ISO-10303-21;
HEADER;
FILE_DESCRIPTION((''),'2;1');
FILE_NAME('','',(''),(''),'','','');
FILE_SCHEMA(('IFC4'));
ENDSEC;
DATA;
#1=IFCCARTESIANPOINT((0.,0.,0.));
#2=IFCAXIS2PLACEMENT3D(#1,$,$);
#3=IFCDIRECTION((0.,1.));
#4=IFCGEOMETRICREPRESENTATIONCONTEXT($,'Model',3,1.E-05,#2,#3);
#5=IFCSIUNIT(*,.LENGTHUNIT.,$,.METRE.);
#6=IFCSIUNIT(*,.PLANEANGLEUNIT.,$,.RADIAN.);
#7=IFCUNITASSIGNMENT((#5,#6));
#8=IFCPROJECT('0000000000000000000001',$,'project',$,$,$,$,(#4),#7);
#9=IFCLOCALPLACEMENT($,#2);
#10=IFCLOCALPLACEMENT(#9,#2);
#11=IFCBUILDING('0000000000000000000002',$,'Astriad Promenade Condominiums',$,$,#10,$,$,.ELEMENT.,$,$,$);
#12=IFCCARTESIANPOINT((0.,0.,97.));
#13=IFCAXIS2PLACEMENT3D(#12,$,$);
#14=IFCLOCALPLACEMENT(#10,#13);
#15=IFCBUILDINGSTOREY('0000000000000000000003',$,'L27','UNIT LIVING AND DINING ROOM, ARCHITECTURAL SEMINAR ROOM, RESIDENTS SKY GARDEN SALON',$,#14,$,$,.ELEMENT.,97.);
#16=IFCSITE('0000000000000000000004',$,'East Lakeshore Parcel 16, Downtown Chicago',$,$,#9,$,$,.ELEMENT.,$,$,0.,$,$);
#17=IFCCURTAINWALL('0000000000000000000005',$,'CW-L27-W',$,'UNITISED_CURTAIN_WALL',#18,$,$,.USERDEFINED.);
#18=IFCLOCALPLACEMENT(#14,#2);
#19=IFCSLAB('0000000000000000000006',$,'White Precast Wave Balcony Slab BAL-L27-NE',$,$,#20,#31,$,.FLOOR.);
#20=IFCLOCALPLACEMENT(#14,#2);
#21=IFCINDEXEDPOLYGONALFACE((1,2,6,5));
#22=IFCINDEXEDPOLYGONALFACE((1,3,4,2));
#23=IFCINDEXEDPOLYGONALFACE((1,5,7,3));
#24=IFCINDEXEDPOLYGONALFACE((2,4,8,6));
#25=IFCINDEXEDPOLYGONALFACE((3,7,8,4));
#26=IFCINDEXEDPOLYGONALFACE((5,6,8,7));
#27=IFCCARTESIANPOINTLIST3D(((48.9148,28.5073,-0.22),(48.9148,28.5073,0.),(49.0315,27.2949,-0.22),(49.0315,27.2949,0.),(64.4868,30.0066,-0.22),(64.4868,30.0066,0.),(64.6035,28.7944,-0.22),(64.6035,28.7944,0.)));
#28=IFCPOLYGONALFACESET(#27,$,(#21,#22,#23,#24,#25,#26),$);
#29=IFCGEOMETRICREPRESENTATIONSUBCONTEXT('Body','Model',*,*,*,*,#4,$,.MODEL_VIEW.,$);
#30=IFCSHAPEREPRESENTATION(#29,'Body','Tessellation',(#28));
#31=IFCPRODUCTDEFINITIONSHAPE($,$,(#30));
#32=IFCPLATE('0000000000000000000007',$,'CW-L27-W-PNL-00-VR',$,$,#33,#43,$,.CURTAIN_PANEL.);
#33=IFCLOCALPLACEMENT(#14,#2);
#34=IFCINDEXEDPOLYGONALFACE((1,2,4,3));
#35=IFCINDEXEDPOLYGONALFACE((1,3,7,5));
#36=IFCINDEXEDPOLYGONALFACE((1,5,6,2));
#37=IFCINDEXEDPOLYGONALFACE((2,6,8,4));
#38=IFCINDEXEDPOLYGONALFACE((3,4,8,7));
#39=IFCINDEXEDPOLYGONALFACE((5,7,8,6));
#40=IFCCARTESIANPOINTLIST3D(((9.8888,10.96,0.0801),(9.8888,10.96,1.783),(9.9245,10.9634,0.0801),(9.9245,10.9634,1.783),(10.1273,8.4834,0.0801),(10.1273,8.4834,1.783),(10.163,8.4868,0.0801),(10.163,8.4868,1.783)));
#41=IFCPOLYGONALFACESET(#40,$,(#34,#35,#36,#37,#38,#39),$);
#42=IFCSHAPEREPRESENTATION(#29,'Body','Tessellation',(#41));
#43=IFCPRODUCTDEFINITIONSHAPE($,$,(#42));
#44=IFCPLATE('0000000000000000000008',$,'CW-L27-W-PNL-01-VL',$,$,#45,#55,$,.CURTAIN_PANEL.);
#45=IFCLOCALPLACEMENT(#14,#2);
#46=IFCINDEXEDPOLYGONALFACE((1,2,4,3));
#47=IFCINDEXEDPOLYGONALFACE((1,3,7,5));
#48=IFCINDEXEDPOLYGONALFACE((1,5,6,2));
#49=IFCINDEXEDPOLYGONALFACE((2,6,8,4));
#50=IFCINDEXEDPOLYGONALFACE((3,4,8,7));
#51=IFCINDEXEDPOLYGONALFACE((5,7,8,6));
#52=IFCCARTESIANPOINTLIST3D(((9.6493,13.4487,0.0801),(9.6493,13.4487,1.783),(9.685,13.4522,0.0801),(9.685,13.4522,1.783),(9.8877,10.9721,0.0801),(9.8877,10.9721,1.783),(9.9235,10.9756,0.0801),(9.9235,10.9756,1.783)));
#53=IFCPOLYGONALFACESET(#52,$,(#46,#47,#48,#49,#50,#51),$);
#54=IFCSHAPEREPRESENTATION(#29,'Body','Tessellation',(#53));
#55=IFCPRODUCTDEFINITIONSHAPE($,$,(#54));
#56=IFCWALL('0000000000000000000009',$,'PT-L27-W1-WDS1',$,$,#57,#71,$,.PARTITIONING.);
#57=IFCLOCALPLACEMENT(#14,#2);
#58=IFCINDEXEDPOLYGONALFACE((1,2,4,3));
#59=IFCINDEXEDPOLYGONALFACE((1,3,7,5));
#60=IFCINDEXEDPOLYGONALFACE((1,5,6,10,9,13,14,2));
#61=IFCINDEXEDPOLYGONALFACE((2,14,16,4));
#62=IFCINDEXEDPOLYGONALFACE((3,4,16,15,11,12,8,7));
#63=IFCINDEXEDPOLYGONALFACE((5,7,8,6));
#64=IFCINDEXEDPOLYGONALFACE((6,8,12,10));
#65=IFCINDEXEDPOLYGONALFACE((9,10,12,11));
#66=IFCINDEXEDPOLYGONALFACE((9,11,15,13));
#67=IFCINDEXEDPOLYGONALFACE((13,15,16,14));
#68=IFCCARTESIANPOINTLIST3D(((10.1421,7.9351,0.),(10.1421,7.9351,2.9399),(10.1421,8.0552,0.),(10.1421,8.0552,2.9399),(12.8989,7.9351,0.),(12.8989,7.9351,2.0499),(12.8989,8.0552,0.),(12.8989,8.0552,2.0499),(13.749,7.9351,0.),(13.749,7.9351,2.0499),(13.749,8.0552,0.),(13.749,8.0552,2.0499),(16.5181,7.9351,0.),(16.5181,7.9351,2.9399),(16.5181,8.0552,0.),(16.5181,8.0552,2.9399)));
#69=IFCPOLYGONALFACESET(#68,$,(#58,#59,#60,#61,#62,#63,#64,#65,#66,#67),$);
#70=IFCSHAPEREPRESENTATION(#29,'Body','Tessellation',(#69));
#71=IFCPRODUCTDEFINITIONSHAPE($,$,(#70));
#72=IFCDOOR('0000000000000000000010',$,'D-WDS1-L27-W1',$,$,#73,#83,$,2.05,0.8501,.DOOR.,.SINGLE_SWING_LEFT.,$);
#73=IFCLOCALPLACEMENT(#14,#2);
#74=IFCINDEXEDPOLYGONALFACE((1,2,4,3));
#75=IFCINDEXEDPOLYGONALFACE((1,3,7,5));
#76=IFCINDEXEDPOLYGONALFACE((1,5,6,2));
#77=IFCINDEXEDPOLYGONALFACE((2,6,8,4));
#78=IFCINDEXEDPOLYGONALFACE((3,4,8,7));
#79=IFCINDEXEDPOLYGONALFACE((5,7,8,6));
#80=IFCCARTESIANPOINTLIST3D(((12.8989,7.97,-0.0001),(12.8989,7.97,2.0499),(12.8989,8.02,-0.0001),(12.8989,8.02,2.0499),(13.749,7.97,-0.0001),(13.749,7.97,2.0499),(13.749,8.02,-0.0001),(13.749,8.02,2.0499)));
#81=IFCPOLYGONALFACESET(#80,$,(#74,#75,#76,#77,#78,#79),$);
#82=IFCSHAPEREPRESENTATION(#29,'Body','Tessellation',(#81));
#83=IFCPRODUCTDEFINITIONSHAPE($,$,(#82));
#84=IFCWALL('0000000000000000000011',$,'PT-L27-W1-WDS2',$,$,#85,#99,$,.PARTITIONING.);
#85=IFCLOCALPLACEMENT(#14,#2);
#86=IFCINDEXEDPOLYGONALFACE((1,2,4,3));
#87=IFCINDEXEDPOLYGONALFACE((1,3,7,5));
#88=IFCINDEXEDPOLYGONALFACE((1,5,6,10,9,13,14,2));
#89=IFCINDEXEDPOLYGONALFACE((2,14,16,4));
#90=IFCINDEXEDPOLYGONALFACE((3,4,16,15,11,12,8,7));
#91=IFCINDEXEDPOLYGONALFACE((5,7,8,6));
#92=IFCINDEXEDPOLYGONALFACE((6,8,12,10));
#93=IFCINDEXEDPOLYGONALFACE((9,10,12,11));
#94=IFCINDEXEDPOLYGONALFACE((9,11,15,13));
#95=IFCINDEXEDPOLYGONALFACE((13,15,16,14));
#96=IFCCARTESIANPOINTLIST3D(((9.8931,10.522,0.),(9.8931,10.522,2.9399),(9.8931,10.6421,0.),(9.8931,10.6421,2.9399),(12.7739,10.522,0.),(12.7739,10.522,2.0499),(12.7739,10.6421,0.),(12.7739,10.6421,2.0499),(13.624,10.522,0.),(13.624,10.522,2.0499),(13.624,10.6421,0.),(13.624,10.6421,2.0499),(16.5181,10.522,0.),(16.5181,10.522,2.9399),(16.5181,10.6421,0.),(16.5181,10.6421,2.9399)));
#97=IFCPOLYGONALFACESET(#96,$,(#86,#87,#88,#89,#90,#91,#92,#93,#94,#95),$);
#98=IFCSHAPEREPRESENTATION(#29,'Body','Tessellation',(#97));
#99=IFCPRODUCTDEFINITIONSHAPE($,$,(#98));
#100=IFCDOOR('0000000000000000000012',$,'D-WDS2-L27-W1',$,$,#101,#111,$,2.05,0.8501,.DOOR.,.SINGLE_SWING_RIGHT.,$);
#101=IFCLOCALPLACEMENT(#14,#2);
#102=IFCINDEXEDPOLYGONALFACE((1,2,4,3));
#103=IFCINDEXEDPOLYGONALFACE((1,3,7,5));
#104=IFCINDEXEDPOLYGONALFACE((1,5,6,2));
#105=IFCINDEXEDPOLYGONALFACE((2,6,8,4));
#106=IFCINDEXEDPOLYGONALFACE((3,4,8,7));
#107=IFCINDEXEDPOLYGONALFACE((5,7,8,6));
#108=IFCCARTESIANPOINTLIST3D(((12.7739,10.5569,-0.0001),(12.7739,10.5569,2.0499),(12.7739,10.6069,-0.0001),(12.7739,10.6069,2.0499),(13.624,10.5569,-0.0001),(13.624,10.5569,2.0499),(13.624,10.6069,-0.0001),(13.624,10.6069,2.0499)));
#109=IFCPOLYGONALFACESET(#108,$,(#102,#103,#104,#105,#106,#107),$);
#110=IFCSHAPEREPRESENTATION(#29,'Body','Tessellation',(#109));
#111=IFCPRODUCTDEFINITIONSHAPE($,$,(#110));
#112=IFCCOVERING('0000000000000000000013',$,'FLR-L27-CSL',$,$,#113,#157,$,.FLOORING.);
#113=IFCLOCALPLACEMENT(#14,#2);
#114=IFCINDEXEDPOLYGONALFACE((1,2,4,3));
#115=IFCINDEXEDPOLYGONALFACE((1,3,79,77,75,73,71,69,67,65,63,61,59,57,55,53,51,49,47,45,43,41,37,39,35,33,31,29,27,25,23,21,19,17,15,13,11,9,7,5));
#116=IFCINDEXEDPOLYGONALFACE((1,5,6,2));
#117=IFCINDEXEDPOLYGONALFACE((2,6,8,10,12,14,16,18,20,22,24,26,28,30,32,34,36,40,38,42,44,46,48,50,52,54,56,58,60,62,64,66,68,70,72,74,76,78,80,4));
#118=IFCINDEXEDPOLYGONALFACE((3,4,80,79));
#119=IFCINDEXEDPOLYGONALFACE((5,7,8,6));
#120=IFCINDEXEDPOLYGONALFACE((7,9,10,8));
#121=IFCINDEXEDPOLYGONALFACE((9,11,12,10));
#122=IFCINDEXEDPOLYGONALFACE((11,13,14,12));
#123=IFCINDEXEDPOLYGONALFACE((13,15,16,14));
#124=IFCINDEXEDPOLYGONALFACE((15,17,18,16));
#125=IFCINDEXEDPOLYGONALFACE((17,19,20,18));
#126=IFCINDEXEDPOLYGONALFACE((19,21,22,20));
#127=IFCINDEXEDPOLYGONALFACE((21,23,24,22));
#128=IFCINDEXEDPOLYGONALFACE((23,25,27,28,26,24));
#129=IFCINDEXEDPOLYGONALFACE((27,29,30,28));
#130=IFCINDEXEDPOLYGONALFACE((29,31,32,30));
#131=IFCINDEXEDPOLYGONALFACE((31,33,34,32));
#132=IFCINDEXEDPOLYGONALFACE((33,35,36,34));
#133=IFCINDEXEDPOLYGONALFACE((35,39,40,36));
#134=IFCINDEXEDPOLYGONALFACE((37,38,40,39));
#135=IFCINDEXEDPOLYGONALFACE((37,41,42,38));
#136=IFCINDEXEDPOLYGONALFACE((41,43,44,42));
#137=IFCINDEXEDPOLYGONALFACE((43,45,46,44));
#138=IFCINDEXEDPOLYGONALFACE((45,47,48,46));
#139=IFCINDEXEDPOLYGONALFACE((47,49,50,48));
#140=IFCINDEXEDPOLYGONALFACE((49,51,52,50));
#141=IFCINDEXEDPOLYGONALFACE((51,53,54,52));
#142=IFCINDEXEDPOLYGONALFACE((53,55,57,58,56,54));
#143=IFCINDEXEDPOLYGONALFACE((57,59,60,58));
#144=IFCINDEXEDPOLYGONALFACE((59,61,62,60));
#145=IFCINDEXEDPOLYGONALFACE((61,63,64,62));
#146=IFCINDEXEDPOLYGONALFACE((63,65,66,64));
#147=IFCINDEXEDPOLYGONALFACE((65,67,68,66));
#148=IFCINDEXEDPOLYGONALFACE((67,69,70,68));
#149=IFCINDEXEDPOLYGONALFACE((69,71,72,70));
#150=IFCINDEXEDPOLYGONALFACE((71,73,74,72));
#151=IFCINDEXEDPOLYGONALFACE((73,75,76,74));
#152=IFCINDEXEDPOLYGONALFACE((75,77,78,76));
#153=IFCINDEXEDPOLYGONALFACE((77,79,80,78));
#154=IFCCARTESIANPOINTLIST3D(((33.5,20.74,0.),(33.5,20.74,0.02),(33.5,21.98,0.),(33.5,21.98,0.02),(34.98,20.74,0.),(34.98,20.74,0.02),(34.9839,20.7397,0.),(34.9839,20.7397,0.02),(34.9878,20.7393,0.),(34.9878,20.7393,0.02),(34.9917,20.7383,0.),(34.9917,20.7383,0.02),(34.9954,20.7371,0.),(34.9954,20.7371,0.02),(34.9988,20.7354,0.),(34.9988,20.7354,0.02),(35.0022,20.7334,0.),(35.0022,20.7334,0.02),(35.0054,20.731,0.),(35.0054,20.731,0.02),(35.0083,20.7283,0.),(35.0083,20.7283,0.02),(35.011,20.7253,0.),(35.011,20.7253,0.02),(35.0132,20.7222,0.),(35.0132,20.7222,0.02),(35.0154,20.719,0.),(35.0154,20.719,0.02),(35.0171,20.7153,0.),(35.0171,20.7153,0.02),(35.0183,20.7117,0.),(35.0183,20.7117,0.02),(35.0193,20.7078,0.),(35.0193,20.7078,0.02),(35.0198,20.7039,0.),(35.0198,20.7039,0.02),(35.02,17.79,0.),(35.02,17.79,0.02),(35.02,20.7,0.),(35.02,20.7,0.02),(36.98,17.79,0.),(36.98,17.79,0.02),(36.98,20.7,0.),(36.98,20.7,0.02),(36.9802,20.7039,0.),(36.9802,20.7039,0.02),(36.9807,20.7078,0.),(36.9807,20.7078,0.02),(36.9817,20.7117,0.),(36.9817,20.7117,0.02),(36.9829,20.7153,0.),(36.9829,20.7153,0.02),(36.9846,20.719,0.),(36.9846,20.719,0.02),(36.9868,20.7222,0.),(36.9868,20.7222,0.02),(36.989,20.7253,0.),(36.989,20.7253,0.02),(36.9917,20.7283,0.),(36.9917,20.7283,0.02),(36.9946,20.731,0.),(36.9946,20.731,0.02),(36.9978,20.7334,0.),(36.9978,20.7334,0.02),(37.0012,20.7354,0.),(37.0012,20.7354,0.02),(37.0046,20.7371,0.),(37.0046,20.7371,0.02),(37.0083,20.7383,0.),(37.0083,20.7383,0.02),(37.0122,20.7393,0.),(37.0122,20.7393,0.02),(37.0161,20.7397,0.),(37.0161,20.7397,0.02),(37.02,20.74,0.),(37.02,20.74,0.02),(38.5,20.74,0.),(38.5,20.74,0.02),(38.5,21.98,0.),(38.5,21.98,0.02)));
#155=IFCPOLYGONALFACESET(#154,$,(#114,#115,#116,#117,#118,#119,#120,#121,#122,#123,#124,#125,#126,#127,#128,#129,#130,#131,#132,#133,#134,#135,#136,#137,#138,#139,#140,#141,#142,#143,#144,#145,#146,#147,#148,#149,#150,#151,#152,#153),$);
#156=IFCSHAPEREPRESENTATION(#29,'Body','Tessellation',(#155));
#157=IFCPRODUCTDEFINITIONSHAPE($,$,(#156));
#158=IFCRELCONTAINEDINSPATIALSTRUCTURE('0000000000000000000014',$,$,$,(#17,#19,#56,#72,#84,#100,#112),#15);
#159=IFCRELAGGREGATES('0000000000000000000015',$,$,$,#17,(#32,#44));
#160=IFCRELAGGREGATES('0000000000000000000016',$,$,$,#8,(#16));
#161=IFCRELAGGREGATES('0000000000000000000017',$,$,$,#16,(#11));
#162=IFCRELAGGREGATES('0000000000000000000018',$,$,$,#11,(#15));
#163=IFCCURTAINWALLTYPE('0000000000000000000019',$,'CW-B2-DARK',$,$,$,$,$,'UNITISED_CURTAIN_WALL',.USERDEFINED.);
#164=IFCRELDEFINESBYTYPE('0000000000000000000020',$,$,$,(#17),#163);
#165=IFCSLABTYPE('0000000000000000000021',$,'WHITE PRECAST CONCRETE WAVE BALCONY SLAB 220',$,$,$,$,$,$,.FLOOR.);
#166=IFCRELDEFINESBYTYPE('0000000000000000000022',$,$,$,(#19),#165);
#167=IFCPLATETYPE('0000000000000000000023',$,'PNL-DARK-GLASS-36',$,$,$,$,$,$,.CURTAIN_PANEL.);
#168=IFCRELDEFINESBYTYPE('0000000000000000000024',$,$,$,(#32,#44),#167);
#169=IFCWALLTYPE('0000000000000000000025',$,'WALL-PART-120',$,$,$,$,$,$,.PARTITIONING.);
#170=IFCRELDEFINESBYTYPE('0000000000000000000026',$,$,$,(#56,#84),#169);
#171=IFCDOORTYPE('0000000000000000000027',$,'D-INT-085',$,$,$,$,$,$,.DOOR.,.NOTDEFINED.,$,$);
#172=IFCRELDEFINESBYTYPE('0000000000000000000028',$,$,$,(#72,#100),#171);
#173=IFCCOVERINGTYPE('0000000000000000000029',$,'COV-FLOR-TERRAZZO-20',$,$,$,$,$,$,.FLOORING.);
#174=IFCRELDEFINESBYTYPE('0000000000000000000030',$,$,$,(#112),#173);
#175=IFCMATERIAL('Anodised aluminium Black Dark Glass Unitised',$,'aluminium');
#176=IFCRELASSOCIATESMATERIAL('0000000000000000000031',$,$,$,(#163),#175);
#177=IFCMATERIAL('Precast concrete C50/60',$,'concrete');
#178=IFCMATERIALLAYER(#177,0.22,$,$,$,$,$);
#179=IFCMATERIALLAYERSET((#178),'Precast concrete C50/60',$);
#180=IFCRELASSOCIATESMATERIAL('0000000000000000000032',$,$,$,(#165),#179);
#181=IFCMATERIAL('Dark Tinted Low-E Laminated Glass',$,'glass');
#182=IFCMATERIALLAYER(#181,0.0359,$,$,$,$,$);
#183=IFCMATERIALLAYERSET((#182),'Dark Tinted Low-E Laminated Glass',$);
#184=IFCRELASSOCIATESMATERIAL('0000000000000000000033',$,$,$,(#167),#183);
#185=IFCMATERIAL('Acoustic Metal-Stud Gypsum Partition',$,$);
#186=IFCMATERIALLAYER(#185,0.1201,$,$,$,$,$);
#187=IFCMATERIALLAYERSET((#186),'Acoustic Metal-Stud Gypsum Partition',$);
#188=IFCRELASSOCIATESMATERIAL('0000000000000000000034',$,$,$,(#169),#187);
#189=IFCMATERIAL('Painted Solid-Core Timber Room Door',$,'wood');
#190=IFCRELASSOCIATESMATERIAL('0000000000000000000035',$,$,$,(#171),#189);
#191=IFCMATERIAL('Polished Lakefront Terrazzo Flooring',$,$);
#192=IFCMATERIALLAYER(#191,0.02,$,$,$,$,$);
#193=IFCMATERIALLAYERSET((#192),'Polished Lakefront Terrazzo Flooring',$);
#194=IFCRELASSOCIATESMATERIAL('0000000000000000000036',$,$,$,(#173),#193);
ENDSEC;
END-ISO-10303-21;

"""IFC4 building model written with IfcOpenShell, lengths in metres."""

from ifc_helpers import new_model, si_unit, direction, frame, frame_2d, origin, origin_2d, place, context, subcontext, project, spatial, polyline, rectangle, outline, extrude, source, transform, mapped, material, layer, layer_set, type_object, type_shapes, element, fill, aggregate, save


model = new_model("IFC4")

# Units and contexts
model_context = context("Model", 3, precision=1e-05, world=origin(), true_north=direction((0.0, 1.0)))
body_context = subcontext(model_context, "Body", "Model", "MODEL_VIEW")
ifc_project = project(units=[si_unit("LENGTHUNIT", "METRE"), si_unit("PLANEANGLEUNIT", "RADIAN")], contexts=[model_context])

# Site, building, storey
site_placement = place(None, origin())
site = spatial("IfcSite", under=ifc_project, at=site_placement, Name="East Lakeshore Parcel 16, Downtown Chicago", CompositionType="ELEMENT", RefElevation=0.0)
building_placement = place(site_placement, origin())
building = spatial("IfcBuilding", under=site, at=building_placement, Name="Astriad Promenade Condominiums", CompositionType="ELEMENT")
storey_placement = place(building_placement, frame((0.0, 0.0, 97.0)))
storey = spatial("IfcBuildingStorey", under=building, at=storey_placement, Name="L27", Description="UNIT LIVING AND DINING ROOM, ARCHITECTURAL SEMINAR ROOM, RESIDENTS SKY GARDEN SALON", CompositionType="ELEMENT", Elevation=97.0)

# Curtain wall
ifc_material_1 = material(Name="Anodised aluminium Black Dark Glass Unitised", Category="aluminium")
curtain_wall_type = type_object("IfcCurtainWallType", Name="CW-B2-DARK", ElementType="UNITISED_CURTAIN_WALL", PredefinedType="USERDEFINED", material=ifc_material_1)
curtain_wall_placement = place(storey_placement, origin())
curtain_wall = element("IfcCurtainWall", 1, at=curtain_wall_placement, inside=storey, type_object=curtain_wall_type, Name="CW-L27-W", ObjectType="UNITISED_CURTAIN_WALL", PredefinedType="USERDEFINED")

# Slab
ifc_material_2 = material(Name="Precast concrete C50/60", Category="concrete")
ifc_layer_1 = layer(ifc_material_2, 0.22)
ifc_layer_set_1 = layer_set([ifc_layer_1], Name="Precast concrete C50/60")
slab_type_1 = type_object("IfcSlabType", Name="WHITE PRECAST CONCRETE WAVE BALCONY SLAB 220", PredefinedType="FLOOR", material=ifc_layer_set_1)
slab_1_placement = place(storey_placement, frame((0.0, 0.0, -0.22)))
element("IfcSlab", 2, at=slab_1_placement, inside=storey, type_object=slab_type_1, Name="White Precast Wave Balcony Slab BAL-L27-NE", PredefinedType="FLOOR", context=body_context, shape_type="SweptSolid", body=[
    extrude(outline(polyline([(48.9148, 28.5073), (64.4868, 30.0066), (64.6035, 28.7944), (49.0315, 27.2949), (48.9148, 28.5073)])), origin(), (0.0, 0.0, 1.0), 0.22),
])

# Plates
ifc_material_3 = material(Name="Dark Tinted Low-E Laminated Glass", Category="glass")
ifc_layer_2 = layer(ifc_material_3, 0.0359)
ifc_layer_set_2 = layer_set([ifc_layer_2], Name="Dark Tinted Low-E Laminated Glass")
plate_type = type_object("IfcPlateType", Name="PNL-DARK-GLASS-36", PredefinedType="CURTAIN_PANEL", material=ifc_layer_set_2)
shared_shape_1 = source(origin(), body_context, "Body", "SweptSolid", [
    extrude(rectangle(XDim=2.488, YDim=0.0359, at=origin_2d()), origin(), (0.0, 0.0, 1.0), 1.7029),
])
type_shapes(plate_type, [shared_shape_1])
plate_1_placement = place(storey_placement, frame((10.0259, 9.7234, 0.0801), z_axis=(0.0, 0.0, 1.0), x_axis=(-0.095846, 0.995396, 0.0)))
plate_1 = element("IfcPlate", 3, at=plate_1_placement, type_object=plate_type, Name="CW-L27-W-PNL-00-VR", PredefinedType="CURTAIN_PANEL", context=body_context, shape_type="MappedRepresentation", body=[
    mapped(shared_shape_1, transform((0.0, 0.0, 0.0), scale=1.0)),
])
plate_2_placement = place(storey_placement, frame((9.7864, 12.2122, 0.0801), z_axis=(0.0, 0.0, 1.0), x_axis=(-0.095846, 0.995396, 0.0)))
plate_2 = element("IfcPlate", 4, at=plate_2_placement, type_object=plate_type, Name="CW-L27-W-PNL-01-VL", PredefinedType="CURTAIN_PANEL", context=body_context, shape_type="MappedRepresentation", body=[
    mapped(shared_shape_1, transform((0.0, 0.0, 0.0), scale=1.0)),
])
aggregate(curtain_wall, [plate_1, plate_2])

# Walls, openings, doors
ifc_material_4 = material(Name="Acoustic Metal-Stud Gypsum Partition")
ifc_layer_3 = layer(ifc_material_4, 0.1201)
ifc_layer_set_3 = layer_set([ifc_layer_3], Name="Acoustic Metal-Stud Gypsum Partition")
wall_type = type_object("IfcWallType", Name="WALL-PART-120", PredefinedType="PARTITIONING", material=ifc_layer_set_3)
wall_1_placement = place(storey_placement, frame((10.1421, 7.9951, 0.0), z_axis=(0.0, 0.0, 1.0), x_axis=(1.0, 0.0, 0.0)))
wall_1 = element("IfcWall", 5, at=wall_1_placement, inside=storey, type_object=wall_type, Name="PT-L27-W1-WDS1", PredefinedType="PARTITIONING", context=body_context, shape_type="SweptSolid", body=[
    extrude(rectangle(XDim=6.376, YDim=0.1201, at=frame_2d((3.188, 0.0))), origin(), (0.0, 0.0, 1.0), 2.9399),
])
opening_1_placement = place(wall_1_placement, frame((2.7568, 0.0, 0.0)))
opening_1 = element("IfcOpeningElement", 6, at=opening_1_placement, cuts=wall_1, PredefinedType="OPENING", context=body_context, shape_type="SweptSolid", body=[
    extrude(rectangle(XDim=0.8501, YDim=2.05, at=frame_2d((0.425, 1.0249))), frame((0.0, 0.0701, 0.0), z_axis=(0.0, -1.0, 0.0), x_axis=(1.0, 0.0, 0.0)), (0.0, 0.0, 1.0), 0.1401),
])
ifc_material_5 = material(Name="Painted Solid-Core Timber Room Door", Category="wood")
door_type = type_object("IfcDoorType", Name="D-INT-085", OperationType="NOTDEFINED", PredefinedType="DOOR", material=ifc_material_5)
shared_shape_2 = source(origin(), body_context, "Body", "SweptSolid", [
    extrude(rectangle(XDim=0.8501, YDim=2.05, at=frame_2d((0.425, 1.0249))), frame((0.0, 0.0249, 0.0), z_axis=(0.0, -1.0, 0.0), x_axis=(1.0, 0.0, 0.0)), (0.0, 0.0, 1.0), 0.05),
])
type_shapes(door_type, [shared_shape_2])
door_1_placement = place(opening_1_placement, origin())
door_1 = element("IfcDoor", 7, at=door_1_placement, inside=storey, type_object=door_type, Name="D-WDS1-L27-W1", OperationType="SINGLE_SWING_LEFT", OverallHeight=2.05, OverallWidth=0.8501, PredefinedType="DOOR", context=body_context, shape_type="MappedRepresentation", body=[
    mapped(shared_shape_2, transform((0.0, 0.0, 0.0), scale=1.0)),
])
fill(opening_1, door_1)
wall_2_placement = place(storey_placement, frame((9.8931, 10.582, 0.0), z_axis=(0.0, 0.0, 1.0), x_axis=(1.0, 0.0, 0.0)))
wall_2 = element("IfcWall", 8, at=wall_2_placement, inside=storey, type_object=wall_type, Name="PT-L27-W1-WDS2", PredefinedType="PARTITIONING", context=body_context, shape_type="SweptSolid", body=[
    extrude(rectangle(XDim=6.625, YDim=0.1201, at=frame_2d((3.3125, 0.0))), origin(), (0.0, 0.0, 1.0), 2.9399),
])
opening_2_placement = place(wall_2_placement, frame((2.8809, 0.0, 0.0)))
opening_2 = element("IfcOpeningElement", 9, at=opening_2_placement, cuts=wall_2, PredefinedType="OPENING", context=body_context, shape_type="SweptSolid", body=[
    extrude(rectangle(XDim=0.8501, YDim=2.05, at=frame_2d((0.425, 1.0249))), frame((0.0, 0.0701, 0.0), z_axis=(0.0, -1.0, 0.0), x_axis=(1.0, 0.0, 0.0)), (0.0, 0.0, 1.0), 0.1401),
])
door_2_placement = place(opening_2_placement, origin())
door_2 = element("IfcDoor", 10, at=door_2_placement, inside=storey, type_object=door_type, Name="D-WDS2-L27-W1", OperationType="SINGLE_SWING_RIGHT", OverallHeight=2.05, OverallWidth=0.8501, PredefinedType="DOOR", context=body_context, shape_type="MappedRepresentation", body=[
    mapped(shared_shape_2, transform((0.0, 0.0, 0.0), scale=1.0)),
])
fill(opening_2, door_2)

# Covering
ifc_material_6 = material(Name="Polished Lakefront Terrazzo Flooring")
ifc_layer_4 = layer(ifc_material_6, 0.02)
ifc_layer_set_4 = layer_set([ifc_layer_4], Name="Polished Lakefront Terrazzo Flooring")
covering_type = type_object("IfcCoveringType", Name="COV-FLOR-TERRAZZO-20", PredefinedType="FLOORING", material=ifc_layer_set_4)
covering_1_placement = place(storey_placement, origin())
element("IfcCovering", 11, at=covering_1_placement, inside=storey, type_object=covering_type, Name="FLR-L27-CSL", PredefinedType="FLOORING", context=body_context, shape_type="SweptSolid", body=[
    extrude(outline(polyline([(36.98, 20.7), (36.98, 17.79), (35.02, 17.79), (35.02, 20.7), (35.0198, 20.7039), (35.0193, 20.7078), (35.0183, 20.7117), (35.0171, 20.7153), (35.0154, 20.719), (35.0132, 20.7222), (35.011, 20.7253), (35.0083, 20.7283), (35.0054, 20.731), (35.0022, 20.7334), (34.9988, 20.7354), (34.9954, 20.7371), (34.9917, 20.7383), (34.9878, 20.7393), (34.9839, 20.7397), (34.98, 20.74), (33.5, 20.74), (33.5, 21.98), (38.5, 21.98), (38.5, 20.74), (37.02, 20.74), (37.0161, 20.7397), (37.0122, 20.7393), (37.0083, 20.7383), (37.0046, 20.7371), (37.0012, 20.7354), (36.9978, 20.7334), (36.9946, 20.731), (36.9917, 20.7283), (36.989, 20.7253), (36.9868, 20.7222), (36.9846, 20.719), (36.9829, 20.7153), (36.9817, 20.7117), (36.9807, 20.7078), (36.9802, 20.7039), (36.98, 20.7)])), origin(), (0.0, 0.0, 1.0), 0.02),
])

save(model, "model.ifc")
